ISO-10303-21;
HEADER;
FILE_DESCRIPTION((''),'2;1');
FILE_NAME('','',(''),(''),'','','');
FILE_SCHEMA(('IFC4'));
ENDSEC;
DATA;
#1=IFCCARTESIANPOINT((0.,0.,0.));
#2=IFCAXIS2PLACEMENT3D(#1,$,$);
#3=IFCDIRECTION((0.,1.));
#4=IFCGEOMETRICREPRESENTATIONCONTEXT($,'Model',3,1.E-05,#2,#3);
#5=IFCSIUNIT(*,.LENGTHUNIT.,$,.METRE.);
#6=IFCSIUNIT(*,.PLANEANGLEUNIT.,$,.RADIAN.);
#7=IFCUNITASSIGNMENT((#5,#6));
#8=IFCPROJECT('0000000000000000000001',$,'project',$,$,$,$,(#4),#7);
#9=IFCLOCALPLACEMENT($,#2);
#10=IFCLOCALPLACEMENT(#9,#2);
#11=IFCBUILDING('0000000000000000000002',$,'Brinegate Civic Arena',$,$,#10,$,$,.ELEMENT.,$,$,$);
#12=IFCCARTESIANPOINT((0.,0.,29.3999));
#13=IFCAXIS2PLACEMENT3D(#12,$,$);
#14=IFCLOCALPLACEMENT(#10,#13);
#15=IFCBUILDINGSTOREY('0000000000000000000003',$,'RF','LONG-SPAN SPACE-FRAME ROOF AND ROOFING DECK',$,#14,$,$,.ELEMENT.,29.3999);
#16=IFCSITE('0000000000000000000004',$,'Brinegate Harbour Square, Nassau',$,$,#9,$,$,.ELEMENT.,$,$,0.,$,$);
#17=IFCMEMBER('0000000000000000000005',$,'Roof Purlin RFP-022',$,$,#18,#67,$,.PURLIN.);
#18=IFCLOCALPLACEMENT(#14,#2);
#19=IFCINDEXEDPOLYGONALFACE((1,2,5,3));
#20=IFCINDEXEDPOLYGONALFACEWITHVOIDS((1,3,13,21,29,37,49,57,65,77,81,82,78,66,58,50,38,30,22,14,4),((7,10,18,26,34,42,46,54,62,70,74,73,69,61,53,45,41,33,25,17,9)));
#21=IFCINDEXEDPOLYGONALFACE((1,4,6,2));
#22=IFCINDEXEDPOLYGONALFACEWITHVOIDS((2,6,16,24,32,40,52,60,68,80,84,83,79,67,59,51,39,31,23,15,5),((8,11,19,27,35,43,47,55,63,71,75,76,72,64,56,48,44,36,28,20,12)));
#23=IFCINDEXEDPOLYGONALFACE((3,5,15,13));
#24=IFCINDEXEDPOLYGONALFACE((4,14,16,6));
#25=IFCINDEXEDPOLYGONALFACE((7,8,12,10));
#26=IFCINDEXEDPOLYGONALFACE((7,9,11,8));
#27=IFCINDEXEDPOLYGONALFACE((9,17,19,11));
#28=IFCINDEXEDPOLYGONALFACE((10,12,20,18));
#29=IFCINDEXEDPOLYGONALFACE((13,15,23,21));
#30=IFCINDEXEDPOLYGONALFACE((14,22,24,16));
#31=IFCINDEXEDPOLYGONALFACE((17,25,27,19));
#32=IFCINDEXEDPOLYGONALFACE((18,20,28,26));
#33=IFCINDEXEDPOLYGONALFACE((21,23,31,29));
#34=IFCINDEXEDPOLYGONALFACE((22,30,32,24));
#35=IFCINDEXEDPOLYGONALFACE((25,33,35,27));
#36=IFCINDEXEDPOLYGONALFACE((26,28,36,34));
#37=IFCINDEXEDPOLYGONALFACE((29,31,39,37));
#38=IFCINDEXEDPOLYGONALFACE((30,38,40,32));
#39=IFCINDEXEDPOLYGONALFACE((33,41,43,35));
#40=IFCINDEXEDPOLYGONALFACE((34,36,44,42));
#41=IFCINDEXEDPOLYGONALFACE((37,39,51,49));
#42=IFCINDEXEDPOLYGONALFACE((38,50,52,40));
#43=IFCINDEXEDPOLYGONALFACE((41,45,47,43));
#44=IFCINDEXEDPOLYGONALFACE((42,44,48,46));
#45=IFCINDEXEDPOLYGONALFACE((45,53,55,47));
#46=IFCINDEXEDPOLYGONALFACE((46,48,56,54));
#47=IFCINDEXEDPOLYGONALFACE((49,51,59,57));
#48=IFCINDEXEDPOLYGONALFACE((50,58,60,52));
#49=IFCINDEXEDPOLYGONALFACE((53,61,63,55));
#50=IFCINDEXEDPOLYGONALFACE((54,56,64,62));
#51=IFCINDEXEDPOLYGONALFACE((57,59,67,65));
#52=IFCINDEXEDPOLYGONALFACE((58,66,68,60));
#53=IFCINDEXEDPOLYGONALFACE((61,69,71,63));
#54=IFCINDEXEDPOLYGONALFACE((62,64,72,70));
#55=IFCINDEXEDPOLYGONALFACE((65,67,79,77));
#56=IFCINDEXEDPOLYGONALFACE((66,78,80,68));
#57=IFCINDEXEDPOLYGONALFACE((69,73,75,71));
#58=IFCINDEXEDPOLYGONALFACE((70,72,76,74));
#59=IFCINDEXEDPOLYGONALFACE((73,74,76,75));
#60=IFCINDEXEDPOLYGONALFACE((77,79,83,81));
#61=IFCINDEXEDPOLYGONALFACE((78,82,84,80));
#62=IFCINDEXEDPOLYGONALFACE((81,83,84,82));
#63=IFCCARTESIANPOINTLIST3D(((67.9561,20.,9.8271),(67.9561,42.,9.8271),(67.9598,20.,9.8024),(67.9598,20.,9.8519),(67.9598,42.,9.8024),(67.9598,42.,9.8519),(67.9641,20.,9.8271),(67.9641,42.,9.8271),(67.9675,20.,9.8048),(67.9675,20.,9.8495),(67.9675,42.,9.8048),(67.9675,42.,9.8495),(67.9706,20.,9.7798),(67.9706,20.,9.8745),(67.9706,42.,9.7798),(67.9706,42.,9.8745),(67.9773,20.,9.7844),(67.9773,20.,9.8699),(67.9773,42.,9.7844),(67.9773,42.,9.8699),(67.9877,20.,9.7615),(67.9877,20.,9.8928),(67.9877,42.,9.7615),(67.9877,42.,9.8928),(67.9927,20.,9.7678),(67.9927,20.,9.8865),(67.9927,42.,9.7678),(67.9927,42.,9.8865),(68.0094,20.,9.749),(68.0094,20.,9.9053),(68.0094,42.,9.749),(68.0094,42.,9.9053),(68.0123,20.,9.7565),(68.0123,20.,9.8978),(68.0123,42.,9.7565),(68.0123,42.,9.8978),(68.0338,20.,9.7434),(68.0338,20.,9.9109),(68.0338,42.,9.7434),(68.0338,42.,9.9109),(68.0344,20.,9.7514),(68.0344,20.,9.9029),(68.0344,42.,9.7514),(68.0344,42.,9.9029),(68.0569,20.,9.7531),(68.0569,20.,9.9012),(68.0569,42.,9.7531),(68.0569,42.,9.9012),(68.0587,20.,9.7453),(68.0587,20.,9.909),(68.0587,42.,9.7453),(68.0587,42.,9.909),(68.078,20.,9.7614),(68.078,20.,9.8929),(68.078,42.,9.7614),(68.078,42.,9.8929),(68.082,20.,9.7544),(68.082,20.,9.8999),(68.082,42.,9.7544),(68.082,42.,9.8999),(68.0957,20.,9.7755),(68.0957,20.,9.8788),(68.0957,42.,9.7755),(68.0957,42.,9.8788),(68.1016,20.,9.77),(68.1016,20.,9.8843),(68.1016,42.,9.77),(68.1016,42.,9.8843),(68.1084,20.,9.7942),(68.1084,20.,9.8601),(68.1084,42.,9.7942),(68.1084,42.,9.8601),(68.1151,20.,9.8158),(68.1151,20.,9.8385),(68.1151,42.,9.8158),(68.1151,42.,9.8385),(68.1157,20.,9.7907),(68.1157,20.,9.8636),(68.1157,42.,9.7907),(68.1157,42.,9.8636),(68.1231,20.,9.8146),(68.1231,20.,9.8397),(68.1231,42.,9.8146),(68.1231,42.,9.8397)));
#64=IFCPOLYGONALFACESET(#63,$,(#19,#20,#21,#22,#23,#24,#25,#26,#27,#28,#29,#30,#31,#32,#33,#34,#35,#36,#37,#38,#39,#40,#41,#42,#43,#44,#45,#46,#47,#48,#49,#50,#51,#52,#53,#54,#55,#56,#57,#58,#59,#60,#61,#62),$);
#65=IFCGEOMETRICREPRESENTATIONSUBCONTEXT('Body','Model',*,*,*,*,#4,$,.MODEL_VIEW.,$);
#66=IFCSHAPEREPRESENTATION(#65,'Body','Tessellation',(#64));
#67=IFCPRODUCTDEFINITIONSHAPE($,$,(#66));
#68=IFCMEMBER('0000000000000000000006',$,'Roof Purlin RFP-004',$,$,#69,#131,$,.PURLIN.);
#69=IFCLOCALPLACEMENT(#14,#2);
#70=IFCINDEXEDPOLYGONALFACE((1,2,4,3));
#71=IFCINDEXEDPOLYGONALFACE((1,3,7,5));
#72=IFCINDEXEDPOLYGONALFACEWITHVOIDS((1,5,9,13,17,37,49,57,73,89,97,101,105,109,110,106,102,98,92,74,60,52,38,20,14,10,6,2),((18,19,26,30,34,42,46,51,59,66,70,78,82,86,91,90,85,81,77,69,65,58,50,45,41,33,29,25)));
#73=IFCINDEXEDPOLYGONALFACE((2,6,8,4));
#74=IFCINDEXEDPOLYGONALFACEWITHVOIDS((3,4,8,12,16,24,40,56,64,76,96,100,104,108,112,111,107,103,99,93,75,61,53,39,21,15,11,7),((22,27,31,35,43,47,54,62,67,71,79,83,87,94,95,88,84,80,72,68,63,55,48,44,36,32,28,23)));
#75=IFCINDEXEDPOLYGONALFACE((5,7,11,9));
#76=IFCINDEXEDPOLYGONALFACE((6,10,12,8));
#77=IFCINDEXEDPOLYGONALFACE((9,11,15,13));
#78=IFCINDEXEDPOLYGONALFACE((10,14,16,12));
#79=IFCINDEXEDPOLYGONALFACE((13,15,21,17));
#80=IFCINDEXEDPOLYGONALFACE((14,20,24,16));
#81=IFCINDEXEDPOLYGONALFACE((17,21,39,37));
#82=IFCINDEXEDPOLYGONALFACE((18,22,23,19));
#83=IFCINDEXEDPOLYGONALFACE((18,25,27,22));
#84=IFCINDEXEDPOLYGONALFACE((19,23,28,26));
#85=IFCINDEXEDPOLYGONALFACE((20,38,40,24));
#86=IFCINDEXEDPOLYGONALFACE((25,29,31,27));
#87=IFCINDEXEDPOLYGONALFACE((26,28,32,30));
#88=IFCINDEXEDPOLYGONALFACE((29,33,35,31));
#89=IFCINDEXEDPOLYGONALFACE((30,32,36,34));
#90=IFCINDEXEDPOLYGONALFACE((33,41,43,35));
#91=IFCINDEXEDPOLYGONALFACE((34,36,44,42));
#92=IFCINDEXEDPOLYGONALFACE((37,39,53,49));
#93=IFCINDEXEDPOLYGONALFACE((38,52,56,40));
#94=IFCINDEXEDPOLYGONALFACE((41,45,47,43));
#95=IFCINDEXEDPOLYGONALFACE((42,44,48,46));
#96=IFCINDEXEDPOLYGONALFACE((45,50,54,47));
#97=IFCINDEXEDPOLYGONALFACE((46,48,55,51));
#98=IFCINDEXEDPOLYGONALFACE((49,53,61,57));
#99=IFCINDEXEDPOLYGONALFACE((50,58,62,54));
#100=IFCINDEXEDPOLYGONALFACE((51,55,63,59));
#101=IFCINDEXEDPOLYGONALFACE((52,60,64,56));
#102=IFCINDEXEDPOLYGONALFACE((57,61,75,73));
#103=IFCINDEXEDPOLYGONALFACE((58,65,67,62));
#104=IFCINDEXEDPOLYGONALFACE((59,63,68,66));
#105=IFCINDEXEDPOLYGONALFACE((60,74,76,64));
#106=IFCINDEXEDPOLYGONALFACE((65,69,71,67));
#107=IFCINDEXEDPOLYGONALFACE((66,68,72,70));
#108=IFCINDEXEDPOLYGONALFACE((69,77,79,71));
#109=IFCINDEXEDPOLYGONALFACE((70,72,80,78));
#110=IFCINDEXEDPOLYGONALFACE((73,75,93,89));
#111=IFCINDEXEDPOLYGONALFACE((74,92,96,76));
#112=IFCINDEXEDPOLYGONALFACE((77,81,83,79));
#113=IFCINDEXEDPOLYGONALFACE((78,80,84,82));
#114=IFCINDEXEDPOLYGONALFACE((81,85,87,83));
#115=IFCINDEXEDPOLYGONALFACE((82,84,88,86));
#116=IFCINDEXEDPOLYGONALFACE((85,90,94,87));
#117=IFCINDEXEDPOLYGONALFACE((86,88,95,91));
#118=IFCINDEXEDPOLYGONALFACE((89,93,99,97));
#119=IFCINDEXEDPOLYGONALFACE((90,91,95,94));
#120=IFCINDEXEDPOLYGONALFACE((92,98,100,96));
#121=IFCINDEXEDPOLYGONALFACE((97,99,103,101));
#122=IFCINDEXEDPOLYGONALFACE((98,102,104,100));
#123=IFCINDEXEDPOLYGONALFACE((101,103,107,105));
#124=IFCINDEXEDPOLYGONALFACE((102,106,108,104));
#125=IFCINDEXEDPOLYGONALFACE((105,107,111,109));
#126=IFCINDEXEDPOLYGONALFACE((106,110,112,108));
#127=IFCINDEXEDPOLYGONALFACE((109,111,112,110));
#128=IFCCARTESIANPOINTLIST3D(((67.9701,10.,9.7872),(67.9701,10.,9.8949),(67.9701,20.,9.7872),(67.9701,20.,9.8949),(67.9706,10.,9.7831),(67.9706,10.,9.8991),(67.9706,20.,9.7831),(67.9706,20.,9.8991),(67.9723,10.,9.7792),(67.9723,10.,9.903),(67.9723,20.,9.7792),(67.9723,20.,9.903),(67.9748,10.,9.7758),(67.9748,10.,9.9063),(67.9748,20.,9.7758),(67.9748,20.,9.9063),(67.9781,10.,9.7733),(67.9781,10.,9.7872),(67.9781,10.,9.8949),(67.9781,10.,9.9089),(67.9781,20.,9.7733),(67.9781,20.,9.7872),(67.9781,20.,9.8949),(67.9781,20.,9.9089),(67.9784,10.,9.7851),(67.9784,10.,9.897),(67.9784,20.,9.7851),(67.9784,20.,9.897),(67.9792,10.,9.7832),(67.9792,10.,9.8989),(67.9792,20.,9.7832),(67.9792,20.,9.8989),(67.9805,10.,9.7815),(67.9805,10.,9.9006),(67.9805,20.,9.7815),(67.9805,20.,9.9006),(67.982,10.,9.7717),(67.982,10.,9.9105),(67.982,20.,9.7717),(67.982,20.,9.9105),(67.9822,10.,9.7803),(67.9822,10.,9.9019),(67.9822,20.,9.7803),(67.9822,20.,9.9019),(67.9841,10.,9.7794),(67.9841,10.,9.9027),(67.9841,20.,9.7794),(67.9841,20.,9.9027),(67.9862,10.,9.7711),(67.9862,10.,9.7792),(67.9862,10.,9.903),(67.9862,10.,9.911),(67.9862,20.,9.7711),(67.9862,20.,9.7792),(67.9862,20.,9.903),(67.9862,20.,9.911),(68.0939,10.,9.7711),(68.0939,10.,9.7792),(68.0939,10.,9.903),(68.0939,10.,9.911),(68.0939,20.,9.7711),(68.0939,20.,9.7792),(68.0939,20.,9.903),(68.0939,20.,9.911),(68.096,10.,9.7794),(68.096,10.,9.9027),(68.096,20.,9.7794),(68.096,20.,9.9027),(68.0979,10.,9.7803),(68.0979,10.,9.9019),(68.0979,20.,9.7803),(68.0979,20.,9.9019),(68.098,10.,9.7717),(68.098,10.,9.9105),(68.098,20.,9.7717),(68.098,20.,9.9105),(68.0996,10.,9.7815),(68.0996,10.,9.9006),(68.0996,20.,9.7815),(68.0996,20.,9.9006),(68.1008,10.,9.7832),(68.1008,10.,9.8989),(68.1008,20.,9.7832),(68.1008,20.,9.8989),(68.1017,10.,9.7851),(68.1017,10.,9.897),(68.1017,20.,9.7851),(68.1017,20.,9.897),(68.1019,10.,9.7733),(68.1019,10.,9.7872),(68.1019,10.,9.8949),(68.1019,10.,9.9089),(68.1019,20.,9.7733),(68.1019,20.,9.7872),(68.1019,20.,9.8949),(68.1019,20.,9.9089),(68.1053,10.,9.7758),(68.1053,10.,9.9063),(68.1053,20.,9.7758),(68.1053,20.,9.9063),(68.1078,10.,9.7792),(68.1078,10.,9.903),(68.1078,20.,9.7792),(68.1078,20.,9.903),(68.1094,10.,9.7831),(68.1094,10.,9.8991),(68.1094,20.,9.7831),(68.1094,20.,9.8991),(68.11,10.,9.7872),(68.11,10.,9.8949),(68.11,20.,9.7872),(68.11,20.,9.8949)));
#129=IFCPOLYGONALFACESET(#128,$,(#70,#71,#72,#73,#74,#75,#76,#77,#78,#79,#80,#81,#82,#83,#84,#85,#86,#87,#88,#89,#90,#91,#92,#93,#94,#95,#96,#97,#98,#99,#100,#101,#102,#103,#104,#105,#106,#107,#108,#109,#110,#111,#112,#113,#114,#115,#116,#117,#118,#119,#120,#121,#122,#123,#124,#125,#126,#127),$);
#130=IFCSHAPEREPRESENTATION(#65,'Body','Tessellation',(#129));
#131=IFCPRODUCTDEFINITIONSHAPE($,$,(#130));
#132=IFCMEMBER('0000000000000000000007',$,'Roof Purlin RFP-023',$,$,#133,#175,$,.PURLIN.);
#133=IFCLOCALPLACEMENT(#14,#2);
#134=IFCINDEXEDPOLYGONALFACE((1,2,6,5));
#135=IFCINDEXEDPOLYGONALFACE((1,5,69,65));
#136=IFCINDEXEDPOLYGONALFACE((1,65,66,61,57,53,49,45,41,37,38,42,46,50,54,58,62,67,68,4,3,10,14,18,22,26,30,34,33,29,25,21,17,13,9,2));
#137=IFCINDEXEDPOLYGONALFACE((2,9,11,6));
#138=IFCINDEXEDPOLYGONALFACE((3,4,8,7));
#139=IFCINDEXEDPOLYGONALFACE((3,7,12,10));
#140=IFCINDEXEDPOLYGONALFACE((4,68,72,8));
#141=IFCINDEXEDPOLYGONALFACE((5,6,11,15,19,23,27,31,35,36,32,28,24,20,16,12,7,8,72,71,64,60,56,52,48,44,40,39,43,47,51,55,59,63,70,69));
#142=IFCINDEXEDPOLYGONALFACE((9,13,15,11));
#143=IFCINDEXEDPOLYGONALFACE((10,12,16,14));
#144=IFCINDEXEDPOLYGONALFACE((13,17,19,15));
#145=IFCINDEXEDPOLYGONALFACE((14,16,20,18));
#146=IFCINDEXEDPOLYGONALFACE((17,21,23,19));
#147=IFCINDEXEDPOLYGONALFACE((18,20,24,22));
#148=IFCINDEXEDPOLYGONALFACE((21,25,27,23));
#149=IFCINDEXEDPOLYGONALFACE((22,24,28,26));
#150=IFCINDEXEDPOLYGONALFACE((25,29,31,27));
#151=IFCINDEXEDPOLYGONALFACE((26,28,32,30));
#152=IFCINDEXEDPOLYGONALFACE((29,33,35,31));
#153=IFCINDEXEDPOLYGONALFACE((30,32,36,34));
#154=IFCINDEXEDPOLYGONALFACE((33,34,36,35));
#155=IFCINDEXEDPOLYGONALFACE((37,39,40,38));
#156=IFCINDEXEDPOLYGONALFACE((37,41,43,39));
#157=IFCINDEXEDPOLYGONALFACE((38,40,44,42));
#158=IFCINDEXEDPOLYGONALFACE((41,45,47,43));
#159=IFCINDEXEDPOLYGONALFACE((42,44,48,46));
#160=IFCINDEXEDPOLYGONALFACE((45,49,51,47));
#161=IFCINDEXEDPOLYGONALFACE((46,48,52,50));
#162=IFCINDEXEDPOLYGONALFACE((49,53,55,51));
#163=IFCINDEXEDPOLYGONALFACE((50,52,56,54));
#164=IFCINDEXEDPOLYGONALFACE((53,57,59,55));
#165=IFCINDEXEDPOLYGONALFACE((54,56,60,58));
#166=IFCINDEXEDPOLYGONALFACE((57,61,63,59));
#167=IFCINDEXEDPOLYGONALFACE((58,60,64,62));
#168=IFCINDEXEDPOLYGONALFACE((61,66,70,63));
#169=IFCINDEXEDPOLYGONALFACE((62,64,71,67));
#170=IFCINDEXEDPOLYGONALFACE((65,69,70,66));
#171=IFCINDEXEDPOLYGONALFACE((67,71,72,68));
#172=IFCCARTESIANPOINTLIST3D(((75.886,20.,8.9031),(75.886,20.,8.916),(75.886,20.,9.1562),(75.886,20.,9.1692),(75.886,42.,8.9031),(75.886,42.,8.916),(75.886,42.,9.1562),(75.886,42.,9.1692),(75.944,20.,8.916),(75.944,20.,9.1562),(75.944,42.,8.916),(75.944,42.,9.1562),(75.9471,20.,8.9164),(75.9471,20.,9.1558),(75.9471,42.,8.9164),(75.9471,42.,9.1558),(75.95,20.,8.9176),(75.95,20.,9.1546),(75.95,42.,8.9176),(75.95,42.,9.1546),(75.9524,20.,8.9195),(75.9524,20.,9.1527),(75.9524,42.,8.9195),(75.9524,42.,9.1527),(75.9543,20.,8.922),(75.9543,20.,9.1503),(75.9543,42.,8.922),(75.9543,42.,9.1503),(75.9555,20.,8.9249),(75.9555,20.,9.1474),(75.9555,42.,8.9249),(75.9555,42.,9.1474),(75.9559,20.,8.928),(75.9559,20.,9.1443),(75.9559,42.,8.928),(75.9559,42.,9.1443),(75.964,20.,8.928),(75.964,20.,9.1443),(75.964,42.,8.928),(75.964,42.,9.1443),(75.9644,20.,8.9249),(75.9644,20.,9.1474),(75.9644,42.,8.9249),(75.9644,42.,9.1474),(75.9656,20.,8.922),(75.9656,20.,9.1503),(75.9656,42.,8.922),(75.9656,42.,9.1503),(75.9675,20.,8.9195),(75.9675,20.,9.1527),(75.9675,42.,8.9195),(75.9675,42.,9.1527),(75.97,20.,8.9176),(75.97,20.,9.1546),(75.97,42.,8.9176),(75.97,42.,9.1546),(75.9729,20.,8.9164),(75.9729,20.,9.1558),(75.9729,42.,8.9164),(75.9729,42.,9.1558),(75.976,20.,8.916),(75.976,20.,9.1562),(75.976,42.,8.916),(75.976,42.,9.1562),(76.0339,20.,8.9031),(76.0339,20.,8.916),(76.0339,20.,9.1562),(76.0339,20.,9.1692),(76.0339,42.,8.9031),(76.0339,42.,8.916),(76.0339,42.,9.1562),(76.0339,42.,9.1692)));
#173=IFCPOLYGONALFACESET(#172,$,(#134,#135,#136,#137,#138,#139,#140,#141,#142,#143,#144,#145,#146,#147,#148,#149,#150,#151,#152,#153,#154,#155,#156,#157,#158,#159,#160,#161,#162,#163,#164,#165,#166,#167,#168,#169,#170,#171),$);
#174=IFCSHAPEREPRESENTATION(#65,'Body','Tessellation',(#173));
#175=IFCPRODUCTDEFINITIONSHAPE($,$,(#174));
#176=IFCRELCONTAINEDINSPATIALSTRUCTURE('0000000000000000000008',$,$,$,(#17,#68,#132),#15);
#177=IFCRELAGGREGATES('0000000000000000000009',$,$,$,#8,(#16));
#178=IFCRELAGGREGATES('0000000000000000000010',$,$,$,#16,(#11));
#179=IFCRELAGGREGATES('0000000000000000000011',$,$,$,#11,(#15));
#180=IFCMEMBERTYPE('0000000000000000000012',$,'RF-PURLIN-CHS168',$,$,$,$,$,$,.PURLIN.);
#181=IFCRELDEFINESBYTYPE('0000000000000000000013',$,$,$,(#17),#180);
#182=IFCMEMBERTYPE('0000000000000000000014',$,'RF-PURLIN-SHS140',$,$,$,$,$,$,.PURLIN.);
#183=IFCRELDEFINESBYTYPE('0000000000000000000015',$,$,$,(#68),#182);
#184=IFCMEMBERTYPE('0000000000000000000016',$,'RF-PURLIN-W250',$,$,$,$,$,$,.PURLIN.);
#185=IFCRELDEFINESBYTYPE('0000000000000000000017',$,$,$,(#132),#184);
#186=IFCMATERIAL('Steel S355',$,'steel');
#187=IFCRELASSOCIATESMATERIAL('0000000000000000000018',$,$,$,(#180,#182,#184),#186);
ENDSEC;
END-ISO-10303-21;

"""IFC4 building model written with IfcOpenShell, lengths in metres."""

from ifc_helpers import new_model, si_unit, direction, frame, origin, origin_2d, place, context, subcontext, project, spatial, hollow_rectangle, hollow_circle, i_section, extrude, material, material_profile, profile_set, type_object, element, save


model = new_model("IFC4")

# Units and contexts
model_context = context("Model", 3, precision=1e-05, world=origin(), true_north=direction((0.0, 1.0)))
body_context = subcontext(model_context, "Body", "Model", "MODEL_VIEW")
ifc_project = project(units=[si_unit("LENGTHUNIT", "METRE"), si_unit("PLANEANGLEUNIT", "RADIAN")], contexts=[model_context])

# Site, building, storey
site_placement = place(None, origin())
site = spatial("IfcSite", under=ifc_project, at=site_placement, Name="Brinegate Harbour Square, Nassau", CompositionType="ELEMENT", RefElevation=0.0)
building_placement = place(site_placement, origin())
building = spatial("IfcBuilding", under=site, at=building_placement, Name="Brinegate Civic Arena", CompositionType="ELEMENT")
storey_placement = place(building_placement, frame((0.0, 0.0, 29.3999)))
storey = spatial("IfcBuildingStorey", under=building, at=storey_placement, Name="RF", Description="LONG-SPAN SPACE-FRAME ROOF AND ROOFING DECK", CompositionType="ELEMENT", Elevation=29.3999)

# Shared definitions
ifc_material_1 = material(Name="Steel S355", Category="steel")

# Members
ifc_material_profile_1 = material_profile(ifc_material_1, hollow_circle(Radius=0.084, WallThickness=0.0081, at=origin_2d()), Name="CHS168X8")
ifc_profile_set_1 = profile_set([ifc_material_profile_1], Name="Steel S355")
member_type_1 = type_object("IfcMemberType", Name="RF-PURLIN-CHS168", PredefinedType="PURLIN", material=ifc_profile_set_1)
member_1_placement = place(storey_placement, frame((68.04, 20.0, 9.8271), z_axis=(0.0, 1.0, 0.0), x_axis=(-1.0, 0.0, 0.0)))
element("IfcMember", 1, at=member_1_placement, inside=storey, type_object=member_type_1, Name="Roof Purlin RFP-022", PredefinedType="PURLIN", context=body_context, shape_type="SweptSolid", body=[
    extrude(hollow_circle(Radius=0.084, WallThickness=0.0081, at=origin_2d()), origin(), (0.0, 0.0, 1.0), 22.0),
])
ifc_material_profile_2 = material_profile(ifc_material_1, hollow_rectangle(XDim=0.1399, YDim=0.1399, WallThickness=0.0081, InnerFilletRadius=0.0081, OuterFilletRadius=0.0161, at=origin_2d()), Name="SHS140X8")
ifc_profile_set_2 = profile_set([ifc_material_profile_2], Name="Steel S355")
member_type_2 = type_object("IfcMemberType", Name="RF-PURLIN-SHS140", PredefinedType="PURLIN", material=ifc_profile_set_2)
member_2_placement = place(storey_placement, frame((68.04, 10.0, 9.8411), z_axis=(0.0, 1.0, 0.0), x_axis=(-1.0, 0.0, 0.0)))
element("IfcMember", 2, at=member_2_placement, inside=storey, type_object=member_type_2, Name="Roof Purlin RFP-004", PredefinedType="PURLIN", context=body_context, shape_type="SweptSolid", body=[
    extrude(hollow_rectangle(XDim=0.1399, YDim=0.1399, WallThickness=0.0081, InnerFilletRadius=0.0081, OuterFilletRadius=0.0161, at=origin_2d()), origin(), (0.0, 0.0, 1.0), 10.0),
])
ifc_material_profile_3 = material_profile(ifc_material_1, i_section(OverallWidth=0.1479, OverallDepth=0.2661, WebThickness=0.0081, FlangeThickness=0.0129, FilletRadius=0.012, at=origin_2d()), Name="W250X45")
ifc_profile_set_3 = profile_set([ifc_material_profile_3], Name="Steel S355")
member_type_3 = type_object("IfcMemberType", Name="RF-PURLIN-W250", PredefinedType="PURLIN", material=ifc_profile_set_3)
for number, where, z_axis, x_axis, name in (
    (3, (75.96, 20.0, 9.0361), (0.0, 1.0, 0.0), (-1.0, 0.0, 0.0), "Roof Purlin RFP-023"),
):
    element("IfcMember", number, at=place(storey_placement, frame(where, z_axis=z_axis, x_axis=x_axis)), inside=storey, type_object=member_type_3, Name=name, PredefinedType="PURLIN", context=body_context, shape_type="SweptSolid", body=[
        extrude(i_section(OverallWidth=0.1479, OverallDepth=0.2661, WebThickness=0.0081, FlangeThickness=0.0129, FilletRadius=0.012, at=origin_2d()), origin(), (0.0, 0.0, 1.0), 22.0),
    ])

save(model, "model.ifc")
